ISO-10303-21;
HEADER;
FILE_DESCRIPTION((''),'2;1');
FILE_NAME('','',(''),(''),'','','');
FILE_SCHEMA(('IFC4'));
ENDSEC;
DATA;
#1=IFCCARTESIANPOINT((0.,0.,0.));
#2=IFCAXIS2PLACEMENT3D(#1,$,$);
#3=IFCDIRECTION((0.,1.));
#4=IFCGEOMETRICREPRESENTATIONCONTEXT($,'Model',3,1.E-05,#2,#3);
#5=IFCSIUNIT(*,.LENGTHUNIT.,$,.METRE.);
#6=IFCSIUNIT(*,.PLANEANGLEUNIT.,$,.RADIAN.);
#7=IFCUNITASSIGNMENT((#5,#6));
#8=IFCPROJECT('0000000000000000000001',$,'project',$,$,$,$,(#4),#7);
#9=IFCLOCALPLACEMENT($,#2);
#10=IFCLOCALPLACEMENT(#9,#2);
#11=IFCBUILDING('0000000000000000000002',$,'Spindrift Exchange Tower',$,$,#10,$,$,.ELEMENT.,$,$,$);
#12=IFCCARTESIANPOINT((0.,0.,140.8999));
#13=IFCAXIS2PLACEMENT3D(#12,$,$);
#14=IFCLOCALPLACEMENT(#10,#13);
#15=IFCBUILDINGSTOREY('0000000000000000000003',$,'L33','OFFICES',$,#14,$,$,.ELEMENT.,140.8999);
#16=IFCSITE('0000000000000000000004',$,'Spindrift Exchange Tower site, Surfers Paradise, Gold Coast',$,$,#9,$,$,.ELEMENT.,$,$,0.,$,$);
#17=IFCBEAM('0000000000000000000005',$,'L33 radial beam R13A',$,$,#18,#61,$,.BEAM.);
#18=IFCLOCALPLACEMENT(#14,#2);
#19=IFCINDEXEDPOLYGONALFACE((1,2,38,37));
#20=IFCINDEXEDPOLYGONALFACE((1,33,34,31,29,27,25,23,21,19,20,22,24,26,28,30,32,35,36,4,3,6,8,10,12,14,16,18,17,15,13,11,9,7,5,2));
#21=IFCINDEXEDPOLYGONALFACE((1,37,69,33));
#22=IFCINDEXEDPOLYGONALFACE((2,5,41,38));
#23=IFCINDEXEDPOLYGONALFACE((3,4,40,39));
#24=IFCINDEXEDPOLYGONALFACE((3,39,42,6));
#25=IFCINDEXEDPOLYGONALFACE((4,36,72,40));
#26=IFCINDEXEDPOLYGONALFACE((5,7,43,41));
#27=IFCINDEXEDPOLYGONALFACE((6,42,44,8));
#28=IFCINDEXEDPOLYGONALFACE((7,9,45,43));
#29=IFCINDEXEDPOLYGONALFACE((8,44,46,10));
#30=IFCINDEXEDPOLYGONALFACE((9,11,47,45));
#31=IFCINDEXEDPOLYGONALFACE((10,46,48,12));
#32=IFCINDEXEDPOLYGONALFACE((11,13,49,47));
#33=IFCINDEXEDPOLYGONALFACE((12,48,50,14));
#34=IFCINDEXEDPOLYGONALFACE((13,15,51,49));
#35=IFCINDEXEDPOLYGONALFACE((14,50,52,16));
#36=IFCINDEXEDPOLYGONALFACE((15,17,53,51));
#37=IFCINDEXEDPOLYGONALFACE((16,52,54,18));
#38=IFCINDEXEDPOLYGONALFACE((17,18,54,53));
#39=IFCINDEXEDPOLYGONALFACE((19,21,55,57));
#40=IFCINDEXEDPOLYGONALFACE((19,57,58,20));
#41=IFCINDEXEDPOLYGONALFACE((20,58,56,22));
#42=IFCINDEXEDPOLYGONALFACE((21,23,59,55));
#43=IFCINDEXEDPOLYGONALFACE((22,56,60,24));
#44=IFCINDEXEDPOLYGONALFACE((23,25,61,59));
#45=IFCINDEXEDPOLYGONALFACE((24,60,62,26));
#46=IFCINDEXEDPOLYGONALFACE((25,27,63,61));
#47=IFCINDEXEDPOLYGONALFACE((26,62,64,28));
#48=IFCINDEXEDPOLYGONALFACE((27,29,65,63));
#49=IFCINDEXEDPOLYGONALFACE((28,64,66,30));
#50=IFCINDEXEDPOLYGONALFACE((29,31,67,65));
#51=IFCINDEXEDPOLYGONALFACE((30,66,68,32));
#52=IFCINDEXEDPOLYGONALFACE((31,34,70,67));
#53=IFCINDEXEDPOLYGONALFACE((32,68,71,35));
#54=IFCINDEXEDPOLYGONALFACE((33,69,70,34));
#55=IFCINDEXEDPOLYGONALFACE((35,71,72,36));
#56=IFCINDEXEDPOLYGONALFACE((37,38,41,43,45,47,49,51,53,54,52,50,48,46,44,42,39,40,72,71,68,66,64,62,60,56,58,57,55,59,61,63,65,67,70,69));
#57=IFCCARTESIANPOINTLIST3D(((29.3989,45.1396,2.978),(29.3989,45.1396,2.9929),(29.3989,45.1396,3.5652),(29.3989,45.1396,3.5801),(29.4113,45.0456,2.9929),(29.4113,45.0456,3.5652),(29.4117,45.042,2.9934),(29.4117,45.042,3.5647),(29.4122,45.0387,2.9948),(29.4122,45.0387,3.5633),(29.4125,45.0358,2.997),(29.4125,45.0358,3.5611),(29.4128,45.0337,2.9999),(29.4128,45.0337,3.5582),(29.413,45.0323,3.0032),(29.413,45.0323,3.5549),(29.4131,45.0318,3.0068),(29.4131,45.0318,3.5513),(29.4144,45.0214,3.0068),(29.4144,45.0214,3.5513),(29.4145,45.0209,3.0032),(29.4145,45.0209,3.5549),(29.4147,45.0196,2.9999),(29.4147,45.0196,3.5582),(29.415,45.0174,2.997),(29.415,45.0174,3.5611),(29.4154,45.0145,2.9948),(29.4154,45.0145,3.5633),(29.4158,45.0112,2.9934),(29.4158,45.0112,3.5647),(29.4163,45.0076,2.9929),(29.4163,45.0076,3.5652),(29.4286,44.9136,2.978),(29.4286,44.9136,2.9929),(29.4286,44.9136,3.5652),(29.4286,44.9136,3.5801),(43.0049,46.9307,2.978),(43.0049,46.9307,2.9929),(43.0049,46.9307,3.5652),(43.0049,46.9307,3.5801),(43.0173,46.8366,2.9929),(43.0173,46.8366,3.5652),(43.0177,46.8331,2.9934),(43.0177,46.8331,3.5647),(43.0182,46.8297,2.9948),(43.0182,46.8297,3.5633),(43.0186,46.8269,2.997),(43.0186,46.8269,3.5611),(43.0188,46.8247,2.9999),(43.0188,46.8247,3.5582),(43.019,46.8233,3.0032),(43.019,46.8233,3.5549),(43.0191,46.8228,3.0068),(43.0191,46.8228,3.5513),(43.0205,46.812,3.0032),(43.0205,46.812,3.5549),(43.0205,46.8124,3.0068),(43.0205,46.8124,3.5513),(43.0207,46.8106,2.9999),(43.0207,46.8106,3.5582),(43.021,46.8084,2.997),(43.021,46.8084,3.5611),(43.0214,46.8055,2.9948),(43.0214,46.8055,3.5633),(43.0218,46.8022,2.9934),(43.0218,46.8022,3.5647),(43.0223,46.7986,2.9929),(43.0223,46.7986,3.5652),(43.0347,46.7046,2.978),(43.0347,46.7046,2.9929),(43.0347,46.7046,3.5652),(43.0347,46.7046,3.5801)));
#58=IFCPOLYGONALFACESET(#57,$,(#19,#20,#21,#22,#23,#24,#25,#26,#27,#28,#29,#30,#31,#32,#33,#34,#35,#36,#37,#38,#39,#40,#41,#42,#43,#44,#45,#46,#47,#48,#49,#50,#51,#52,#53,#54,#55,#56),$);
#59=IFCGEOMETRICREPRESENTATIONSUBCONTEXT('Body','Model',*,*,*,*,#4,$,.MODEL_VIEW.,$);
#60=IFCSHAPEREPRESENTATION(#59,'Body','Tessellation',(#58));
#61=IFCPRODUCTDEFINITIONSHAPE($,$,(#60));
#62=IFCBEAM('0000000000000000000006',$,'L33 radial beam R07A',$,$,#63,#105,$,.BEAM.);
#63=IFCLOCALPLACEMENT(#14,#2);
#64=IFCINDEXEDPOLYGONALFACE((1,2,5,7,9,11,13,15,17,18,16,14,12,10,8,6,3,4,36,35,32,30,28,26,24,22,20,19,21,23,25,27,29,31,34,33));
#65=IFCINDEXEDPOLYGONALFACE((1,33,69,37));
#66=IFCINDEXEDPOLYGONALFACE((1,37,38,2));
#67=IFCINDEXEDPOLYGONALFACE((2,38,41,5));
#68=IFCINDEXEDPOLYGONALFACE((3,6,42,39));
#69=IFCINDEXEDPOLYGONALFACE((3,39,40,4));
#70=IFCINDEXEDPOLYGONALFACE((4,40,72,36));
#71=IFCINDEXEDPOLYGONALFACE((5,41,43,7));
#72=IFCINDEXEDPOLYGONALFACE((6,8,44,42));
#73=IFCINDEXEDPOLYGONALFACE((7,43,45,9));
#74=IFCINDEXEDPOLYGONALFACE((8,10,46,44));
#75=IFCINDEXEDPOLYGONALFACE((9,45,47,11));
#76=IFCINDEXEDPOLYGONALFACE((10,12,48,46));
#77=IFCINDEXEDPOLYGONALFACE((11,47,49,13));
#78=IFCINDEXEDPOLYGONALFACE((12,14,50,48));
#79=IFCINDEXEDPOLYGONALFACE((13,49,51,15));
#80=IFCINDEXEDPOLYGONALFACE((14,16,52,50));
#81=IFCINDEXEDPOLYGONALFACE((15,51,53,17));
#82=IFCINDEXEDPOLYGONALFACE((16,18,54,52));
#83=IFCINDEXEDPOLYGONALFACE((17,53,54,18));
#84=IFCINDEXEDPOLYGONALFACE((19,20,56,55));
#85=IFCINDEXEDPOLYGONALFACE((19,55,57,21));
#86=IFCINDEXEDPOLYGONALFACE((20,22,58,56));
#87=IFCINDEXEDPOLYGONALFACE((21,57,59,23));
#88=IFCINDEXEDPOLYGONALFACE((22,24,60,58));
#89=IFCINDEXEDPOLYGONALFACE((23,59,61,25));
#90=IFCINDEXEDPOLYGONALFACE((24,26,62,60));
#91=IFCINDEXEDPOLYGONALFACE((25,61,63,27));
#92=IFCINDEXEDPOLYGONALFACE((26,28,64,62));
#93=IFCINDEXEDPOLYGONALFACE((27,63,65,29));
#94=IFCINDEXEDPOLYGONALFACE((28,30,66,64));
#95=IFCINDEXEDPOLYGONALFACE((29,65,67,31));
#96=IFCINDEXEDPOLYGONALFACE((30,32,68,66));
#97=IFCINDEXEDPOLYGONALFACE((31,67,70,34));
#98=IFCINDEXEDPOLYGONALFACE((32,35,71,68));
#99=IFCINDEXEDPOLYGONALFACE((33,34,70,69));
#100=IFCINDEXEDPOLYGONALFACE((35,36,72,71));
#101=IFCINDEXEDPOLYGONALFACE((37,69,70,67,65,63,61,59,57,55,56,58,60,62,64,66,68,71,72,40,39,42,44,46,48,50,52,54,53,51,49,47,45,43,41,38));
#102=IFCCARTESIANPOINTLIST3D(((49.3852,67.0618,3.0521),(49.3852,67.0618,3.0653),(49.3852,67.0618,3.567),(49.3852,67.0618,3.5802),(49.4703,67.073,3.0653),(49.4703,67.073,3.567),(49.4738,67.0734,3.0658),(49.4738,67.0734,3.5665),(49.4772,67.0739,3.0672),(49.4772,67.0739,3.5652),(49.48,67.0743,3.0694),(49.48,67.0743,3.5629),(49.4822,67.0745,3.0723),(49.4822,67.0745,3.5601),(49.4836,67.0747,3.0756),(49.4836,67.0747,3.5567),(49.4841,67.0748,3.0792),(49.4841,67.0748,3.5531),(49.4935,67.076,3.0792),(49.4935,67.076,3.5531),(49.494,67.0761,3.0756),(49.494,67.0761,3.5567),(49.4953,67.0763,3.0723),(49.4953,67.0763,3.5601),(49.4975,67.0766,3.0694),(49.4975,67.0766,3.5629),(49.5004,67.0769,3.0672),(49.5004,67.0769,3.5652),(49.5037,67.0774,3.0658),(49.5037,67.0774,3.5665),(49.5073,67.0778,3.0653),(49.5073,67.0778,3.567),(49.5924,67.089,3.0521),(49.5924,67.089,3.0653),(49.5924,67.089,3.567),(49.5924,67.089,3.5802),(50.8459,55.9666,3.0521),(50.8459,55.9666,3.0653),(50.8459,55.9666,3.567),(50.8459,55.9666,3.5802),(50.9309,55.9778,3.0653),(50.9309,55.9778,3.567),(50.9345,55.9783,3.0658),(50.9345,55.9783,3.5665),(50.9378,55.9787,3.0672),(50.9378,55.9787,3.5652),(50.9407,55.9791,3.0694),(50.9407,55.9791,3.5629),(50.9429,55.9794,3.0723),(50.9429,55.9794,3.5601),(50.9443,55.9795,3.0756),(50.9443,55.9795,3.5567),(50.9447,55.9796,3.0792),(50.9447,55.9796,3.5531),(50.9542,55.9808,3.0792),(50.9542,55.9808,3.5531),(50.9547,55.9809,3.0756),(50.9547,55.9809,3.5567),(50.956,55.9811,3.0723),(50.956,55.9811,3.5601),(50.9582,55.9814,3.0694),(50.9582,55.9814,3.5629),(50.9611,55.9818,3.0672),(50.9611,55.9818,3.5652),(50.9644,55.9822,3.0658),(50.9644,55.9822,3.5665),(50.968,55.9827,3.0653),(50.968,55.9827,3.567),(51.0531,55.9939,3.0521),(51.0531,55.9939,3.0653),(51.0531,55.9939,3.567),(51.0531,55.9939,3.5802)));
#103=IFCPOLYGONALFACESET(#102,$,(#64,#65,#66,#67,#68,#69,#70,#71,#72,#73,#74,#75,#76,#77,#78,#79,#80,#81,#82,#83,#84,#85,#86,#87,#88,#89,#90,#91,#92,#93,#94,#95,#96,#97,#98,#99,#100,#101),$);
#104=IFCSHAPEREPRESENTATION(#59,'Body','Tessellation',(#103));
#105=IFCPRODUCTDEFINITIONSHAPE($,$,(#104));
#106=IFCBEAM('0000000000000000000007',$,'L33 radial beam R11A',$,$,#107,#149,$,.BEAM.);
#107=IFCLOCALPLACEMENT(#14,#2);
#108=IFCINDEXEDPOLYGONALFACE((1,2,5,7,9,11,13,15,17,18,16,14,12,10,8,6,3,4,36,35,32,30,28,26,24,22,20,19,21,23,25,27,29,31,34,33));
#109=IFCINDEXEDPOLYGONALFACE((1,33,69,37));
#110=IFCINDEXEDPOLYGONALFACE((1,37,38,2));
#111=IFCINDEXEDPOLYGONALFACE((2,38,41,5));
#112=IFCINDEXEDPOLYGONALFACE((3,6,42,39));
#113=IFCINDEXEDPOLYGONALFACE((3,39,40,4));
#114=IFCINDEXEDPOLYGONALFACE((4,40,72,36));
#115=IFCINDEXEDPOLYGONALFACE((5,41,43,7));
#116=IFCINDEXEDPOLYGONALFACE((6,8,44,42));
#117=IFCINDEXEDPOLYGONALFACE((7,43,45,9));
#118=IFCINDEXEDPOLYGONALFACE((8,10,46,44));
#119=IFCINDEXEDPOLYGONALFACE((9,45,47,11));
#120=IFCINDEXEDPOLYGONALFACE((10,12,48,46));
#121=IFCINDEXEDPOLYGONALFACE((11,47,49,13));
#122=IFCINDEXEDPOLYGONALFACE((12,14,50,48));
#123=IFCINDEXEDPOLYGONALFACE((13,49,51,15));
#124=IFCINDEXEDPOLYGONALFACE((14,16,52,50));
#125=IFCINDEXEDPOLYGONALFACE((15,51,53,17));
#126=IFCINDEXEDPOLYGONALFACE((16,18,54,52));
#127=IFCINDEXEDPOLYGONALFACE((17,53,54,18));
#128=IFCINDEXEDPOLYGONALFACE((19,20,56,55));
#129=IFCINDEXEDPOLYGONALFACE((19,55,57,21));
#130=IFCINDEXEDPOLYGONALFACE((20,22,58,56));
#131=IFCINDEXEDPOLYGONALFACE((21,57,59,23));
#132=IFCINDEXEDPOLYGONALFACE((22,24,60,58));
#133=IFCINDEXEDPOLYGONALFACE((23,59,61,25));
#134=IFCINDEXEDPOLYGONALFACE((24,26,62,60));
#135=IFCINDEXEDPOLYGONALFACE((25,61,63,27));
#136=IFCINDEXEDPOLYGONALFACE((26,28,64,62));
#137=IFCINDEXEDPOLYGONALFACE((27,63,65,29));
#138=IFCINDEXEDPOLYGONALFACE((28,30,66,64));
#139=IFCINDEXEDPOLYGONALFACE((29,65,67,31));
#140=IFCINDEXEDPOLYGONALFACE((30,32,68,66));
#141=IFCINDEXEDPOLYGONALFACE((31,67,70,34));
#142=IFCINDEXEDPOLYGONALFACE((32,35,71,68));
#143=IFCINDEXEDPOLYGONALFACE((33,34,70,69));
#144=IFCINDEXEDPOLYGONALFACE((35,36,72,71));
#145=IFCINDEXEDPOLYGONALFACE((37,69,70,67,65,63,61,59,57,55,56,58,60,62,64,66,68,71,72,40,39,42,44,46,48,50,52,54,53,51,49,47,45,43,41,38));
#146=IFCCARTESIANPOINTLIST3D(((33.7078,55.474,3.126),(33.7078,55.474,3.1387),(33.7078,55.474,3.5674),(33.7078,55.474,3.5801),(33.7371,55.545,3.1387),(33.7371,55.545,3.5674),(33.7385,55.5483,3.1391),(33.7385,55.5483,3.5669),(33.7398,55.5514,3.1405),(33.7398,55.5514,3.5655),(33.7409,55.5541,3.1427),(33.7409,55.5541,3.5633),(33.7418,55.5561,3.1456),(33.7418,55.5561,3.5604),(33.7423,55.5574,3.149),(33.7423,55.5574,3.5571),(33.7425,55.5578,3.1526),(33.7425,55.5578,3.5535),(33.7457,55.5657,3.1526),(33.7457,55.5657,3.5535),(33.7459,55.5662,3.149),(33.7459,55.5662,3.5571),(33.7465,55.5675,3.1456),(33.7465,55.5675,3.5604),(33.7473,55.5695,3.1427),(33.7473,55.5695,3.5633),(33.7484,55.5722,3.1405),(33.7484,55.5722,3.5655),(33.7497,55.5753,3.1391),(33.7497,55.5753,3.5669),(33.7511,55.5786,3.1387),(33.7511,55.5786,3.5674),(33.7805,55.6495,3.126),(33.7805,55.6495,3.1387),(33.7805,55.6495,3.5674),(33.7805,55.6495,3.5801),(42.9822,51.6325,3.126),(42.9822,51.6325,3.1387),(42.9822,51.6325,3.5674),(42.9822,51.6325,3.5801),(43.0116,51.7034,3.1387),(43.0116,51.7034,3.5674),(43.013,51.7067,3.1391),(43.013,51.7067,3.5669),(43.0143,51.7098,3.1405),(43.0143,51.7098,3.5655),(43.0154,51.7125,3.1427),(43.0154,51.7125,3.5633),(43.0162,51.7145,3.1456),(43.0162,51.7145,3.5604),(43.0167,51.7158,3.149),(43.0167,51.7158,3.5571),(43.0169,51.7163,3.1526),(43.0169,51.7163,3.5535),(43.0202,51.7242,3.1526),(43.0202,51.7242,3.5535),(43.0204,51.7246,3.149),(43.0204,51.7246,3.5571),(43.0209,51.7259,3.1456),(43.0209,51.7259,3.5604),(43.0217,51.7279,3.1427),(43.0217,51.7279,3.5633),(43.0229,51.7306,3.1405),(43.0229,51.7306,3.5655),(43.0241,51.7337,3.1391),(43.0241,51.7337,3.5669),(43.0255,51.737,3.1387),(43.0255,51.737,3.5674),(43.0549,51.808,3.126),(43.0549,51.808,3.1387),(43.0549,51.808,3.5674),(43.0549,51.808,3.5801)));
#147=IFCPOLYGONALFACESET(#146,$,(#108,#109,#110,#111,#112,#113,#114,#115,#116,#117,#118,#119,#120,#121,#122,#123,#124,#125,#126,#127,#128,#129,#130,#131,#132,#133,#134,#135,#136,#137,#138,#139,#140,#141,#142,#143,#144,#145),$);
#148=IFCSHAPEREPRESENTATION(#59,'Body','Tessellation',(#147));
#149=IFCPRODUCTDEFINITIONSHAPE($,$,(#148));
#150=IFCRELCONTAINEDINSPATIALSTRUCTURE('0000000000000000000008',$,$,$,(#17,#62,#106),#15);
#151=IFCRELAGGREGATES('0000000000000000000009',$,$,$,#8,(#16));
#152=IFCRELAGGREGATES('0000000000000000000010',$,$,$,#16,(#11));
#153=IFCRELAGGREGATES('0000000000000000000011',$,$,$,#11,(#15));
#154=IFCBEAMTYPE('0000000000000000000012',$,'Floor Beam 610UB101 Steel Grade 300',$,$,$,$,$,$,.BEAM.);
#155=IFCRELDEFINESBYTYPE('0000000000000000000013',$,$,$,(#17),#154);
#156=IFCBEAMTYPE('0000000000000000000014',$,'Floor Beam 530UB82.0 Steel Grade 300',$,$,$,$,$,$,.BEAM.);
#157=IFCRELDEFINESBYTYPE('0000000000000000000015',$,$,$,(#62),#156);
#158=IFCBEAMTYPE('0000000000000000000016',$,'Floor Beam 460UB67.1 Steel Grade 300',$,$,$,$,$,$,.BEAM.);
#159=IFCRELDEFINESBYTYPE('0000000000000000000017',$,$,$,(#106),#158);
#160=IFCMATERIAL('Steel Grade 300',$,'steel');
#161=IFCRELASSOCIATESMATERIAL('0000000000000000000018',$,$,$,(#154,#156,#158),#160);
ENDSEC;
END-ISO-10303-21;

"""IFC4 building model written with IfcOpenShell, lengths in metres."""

from ifc_helpers import new_model, si_unit, direction, frame, origin, origin_2d, place, context, subcontext, project, spatial, i_section, extrude, source, transform, mapped, material, material_profile, profile_set, type_object, element, save


model = new_model("IFC4")

# Units and contexts
model_context = context("Model", 3, precision=1e-05, world=origin(), true_north=direction((0.0, 1.0)))
body_context = subcontext(model_context, "Body", "Model", "MODEL_VIEW")
ifc_project = project(units=[si_unit("LENGTHUNIT", "METRE"), si_unit("PLANEANGLEUNIT", "RADIAN")], contexts=[model_context])

# Site, building, storey
site_placement = place(None, origin())
site = spatial("IfcSite", under=ifc_project, at=site_placement, Name="Spindrift Exchange Tower site, Surfers Paradise, Gold Coast", CompositionType="ELEMENT", RefElevation=0.0)
building_placement = place(site_placement, origin())
building = spatial("IfcBuilding", under=site, at=building_placement, Name="Spindrift Exchange Tower", CompositionType="ELEMENT")
storey_placement = place(building_placement, frame((0.0, 0.0, 140.8999)))
storey = spatial("IfcBuildingStorey", under=building, at=storey_placement, Name="L33", Description="OFFICES", CompositionType="ELEMENT", Elevation=140.8999)

# Beams
ifc_material_1 = material(Name="Steel Grade 300", Category="steel")
ifc_material_profile_1 = material_profile(ifc_material_1, i_section(OverallWidth=0.228, OverallDepth=0.6021, WebThickness=0.0105, FlangeThickness=0.0149, FilletRadius=0.0139, at=origin_2d()), Name="610UB101")
ifc_profile_set_1 = profile_set([ifc_material_profile_1], Name="Steel Grade 300")
beam_type_1 = type_object("IfcBeamType", Name="Floor Beam 610UB101 Steel Grade 300", PredefinedType="BEAM", material=ifc_profile_set_1)
shared_shape_1 = source(origin(), body_context, "Body", "SweptSolid", [
    extrude(i_section(OverallWidth=0.228, OverallDepth=0.6021, WebThickness=0.0105, FlangeThickness=0.0149, FilletRadius=0.0139, at=origin_2d()), origin(), (0.0, 0.0, 1.0), 13.7234),
])
beam_1_placement = place(storey_placement, frame((43.0198, 46.8176, 3.2791), z_axis=(-0.991447, -0.130509, 0.0), x_axis=(0.130509, -0.991447, 0.0)))
element("IfcBeam", 1, at=beam_1_placement, inside=storey, type_object=beam_type_1, Name="L33 radial beam R13A", PredefinedType="BEAM", context=body_context, shape_type="MappedRepresentation", body=[
    mapped(shared_shape_1, transform((0.0, 0.0, 0.0), scale=1.0)),
])
ifc_material_profile_2 = material_profile(ifc_material_1, i_section(OverallWidth=0.209, OverallDepth=0.5281, WebThickness=0.0095, FlangeThickness=0.0132, FilletRadius=0.0139, at=origin_2d()), Name="530UB82.0")
ifc_profile_set_2 = profile_set([ifc_material_profile_2], Name="Steel Grade 300")
beam_type_2 = type_object("IfcBeamType", Name="Floor Beam 530UB82.0 Steel Grade 300", PredefinedType="BEAM", material=ifc_profile_set_2)
shared_shape_2 = source(origin(), body_context, "Body", "SweptSolid", [
    extrude(i_section(OverallWidth=0.209, OverallDepth=0.5281, WebThickness=0.0095, FlangeThickness=0.0132, FilletRadius=0.0139, at=origin_2d()), origin(), (0.0, 0.0, 1.0), 11.1909),
])
beam_2_placement = place(storey_placement, frame((50.9495, 55.9802, 3.3162), z_axis=(-0.130524, 0.991445, 0.0), x_axis=(-0.991445, -0.130524, 0.0)))
element("IfcBeam", 2, at=beam_2_placement, inside=storey, type_object=beam_type_2, Name="L33 radial beam R07A", PredefinedType="BEAM", context=body_context, shape_type="MappedRepresentation", body=[
    mapped(shared_shape_2, transform((0.0, 0.0, 0.0), scale=1.0)),
])
ifc_material_profile_3 = material_profile(ifc_material_1, i_section(OverallWidth=0.1899, OverallDepth=0.4541, WebThickness=0.0085, FlangeThickness=0.0127, FilletRadius=0.0139, at=origin_2d()), Name="460UB67.1")
ifc_profile_set_3 = profile_set([ifc_material_profile_3], Name="Steel Grade 300")
beam_type_3 = type_object("IfcBeamType", Name="Floor Beam 460UB67.1 Steel Grade 300", PredefinedType="BEAM", material=ifc_profile_set_3)
shared_shape_3 = source(origin(), body_context, "Body", "SweptSolid", [
    extrude(i_section(OverallWidth=0.1899, OverallDepth=0.4541, WebThickness=0.0085, FlangeThickness=0.0127, FilletRadius=0.0139, at=origin_2d()), origin(), (0.0, 0.0, 1.0), 10.0386),
])
beam_3_placement = place(storey_placement, frame((43.0186, 51.7202, 3.353), z_axis=(-0.923881, 0.38268, 0.0), x_axis=(-0.38268, -0.923881, 0.0)))
element("IfcBeam", 3, at=beam_3_placement, inside=storey, type_object=beam_type_3, Name="L33 radial beam R11A", PredefinedType="BEAM", context=body_context, shape_type="MappedRepresentation", body=[
    mapped(shared_shape_3, transform((0.0, 0.0, 0.0), scale=1.0)),
])

save(model, "model.ifc")
